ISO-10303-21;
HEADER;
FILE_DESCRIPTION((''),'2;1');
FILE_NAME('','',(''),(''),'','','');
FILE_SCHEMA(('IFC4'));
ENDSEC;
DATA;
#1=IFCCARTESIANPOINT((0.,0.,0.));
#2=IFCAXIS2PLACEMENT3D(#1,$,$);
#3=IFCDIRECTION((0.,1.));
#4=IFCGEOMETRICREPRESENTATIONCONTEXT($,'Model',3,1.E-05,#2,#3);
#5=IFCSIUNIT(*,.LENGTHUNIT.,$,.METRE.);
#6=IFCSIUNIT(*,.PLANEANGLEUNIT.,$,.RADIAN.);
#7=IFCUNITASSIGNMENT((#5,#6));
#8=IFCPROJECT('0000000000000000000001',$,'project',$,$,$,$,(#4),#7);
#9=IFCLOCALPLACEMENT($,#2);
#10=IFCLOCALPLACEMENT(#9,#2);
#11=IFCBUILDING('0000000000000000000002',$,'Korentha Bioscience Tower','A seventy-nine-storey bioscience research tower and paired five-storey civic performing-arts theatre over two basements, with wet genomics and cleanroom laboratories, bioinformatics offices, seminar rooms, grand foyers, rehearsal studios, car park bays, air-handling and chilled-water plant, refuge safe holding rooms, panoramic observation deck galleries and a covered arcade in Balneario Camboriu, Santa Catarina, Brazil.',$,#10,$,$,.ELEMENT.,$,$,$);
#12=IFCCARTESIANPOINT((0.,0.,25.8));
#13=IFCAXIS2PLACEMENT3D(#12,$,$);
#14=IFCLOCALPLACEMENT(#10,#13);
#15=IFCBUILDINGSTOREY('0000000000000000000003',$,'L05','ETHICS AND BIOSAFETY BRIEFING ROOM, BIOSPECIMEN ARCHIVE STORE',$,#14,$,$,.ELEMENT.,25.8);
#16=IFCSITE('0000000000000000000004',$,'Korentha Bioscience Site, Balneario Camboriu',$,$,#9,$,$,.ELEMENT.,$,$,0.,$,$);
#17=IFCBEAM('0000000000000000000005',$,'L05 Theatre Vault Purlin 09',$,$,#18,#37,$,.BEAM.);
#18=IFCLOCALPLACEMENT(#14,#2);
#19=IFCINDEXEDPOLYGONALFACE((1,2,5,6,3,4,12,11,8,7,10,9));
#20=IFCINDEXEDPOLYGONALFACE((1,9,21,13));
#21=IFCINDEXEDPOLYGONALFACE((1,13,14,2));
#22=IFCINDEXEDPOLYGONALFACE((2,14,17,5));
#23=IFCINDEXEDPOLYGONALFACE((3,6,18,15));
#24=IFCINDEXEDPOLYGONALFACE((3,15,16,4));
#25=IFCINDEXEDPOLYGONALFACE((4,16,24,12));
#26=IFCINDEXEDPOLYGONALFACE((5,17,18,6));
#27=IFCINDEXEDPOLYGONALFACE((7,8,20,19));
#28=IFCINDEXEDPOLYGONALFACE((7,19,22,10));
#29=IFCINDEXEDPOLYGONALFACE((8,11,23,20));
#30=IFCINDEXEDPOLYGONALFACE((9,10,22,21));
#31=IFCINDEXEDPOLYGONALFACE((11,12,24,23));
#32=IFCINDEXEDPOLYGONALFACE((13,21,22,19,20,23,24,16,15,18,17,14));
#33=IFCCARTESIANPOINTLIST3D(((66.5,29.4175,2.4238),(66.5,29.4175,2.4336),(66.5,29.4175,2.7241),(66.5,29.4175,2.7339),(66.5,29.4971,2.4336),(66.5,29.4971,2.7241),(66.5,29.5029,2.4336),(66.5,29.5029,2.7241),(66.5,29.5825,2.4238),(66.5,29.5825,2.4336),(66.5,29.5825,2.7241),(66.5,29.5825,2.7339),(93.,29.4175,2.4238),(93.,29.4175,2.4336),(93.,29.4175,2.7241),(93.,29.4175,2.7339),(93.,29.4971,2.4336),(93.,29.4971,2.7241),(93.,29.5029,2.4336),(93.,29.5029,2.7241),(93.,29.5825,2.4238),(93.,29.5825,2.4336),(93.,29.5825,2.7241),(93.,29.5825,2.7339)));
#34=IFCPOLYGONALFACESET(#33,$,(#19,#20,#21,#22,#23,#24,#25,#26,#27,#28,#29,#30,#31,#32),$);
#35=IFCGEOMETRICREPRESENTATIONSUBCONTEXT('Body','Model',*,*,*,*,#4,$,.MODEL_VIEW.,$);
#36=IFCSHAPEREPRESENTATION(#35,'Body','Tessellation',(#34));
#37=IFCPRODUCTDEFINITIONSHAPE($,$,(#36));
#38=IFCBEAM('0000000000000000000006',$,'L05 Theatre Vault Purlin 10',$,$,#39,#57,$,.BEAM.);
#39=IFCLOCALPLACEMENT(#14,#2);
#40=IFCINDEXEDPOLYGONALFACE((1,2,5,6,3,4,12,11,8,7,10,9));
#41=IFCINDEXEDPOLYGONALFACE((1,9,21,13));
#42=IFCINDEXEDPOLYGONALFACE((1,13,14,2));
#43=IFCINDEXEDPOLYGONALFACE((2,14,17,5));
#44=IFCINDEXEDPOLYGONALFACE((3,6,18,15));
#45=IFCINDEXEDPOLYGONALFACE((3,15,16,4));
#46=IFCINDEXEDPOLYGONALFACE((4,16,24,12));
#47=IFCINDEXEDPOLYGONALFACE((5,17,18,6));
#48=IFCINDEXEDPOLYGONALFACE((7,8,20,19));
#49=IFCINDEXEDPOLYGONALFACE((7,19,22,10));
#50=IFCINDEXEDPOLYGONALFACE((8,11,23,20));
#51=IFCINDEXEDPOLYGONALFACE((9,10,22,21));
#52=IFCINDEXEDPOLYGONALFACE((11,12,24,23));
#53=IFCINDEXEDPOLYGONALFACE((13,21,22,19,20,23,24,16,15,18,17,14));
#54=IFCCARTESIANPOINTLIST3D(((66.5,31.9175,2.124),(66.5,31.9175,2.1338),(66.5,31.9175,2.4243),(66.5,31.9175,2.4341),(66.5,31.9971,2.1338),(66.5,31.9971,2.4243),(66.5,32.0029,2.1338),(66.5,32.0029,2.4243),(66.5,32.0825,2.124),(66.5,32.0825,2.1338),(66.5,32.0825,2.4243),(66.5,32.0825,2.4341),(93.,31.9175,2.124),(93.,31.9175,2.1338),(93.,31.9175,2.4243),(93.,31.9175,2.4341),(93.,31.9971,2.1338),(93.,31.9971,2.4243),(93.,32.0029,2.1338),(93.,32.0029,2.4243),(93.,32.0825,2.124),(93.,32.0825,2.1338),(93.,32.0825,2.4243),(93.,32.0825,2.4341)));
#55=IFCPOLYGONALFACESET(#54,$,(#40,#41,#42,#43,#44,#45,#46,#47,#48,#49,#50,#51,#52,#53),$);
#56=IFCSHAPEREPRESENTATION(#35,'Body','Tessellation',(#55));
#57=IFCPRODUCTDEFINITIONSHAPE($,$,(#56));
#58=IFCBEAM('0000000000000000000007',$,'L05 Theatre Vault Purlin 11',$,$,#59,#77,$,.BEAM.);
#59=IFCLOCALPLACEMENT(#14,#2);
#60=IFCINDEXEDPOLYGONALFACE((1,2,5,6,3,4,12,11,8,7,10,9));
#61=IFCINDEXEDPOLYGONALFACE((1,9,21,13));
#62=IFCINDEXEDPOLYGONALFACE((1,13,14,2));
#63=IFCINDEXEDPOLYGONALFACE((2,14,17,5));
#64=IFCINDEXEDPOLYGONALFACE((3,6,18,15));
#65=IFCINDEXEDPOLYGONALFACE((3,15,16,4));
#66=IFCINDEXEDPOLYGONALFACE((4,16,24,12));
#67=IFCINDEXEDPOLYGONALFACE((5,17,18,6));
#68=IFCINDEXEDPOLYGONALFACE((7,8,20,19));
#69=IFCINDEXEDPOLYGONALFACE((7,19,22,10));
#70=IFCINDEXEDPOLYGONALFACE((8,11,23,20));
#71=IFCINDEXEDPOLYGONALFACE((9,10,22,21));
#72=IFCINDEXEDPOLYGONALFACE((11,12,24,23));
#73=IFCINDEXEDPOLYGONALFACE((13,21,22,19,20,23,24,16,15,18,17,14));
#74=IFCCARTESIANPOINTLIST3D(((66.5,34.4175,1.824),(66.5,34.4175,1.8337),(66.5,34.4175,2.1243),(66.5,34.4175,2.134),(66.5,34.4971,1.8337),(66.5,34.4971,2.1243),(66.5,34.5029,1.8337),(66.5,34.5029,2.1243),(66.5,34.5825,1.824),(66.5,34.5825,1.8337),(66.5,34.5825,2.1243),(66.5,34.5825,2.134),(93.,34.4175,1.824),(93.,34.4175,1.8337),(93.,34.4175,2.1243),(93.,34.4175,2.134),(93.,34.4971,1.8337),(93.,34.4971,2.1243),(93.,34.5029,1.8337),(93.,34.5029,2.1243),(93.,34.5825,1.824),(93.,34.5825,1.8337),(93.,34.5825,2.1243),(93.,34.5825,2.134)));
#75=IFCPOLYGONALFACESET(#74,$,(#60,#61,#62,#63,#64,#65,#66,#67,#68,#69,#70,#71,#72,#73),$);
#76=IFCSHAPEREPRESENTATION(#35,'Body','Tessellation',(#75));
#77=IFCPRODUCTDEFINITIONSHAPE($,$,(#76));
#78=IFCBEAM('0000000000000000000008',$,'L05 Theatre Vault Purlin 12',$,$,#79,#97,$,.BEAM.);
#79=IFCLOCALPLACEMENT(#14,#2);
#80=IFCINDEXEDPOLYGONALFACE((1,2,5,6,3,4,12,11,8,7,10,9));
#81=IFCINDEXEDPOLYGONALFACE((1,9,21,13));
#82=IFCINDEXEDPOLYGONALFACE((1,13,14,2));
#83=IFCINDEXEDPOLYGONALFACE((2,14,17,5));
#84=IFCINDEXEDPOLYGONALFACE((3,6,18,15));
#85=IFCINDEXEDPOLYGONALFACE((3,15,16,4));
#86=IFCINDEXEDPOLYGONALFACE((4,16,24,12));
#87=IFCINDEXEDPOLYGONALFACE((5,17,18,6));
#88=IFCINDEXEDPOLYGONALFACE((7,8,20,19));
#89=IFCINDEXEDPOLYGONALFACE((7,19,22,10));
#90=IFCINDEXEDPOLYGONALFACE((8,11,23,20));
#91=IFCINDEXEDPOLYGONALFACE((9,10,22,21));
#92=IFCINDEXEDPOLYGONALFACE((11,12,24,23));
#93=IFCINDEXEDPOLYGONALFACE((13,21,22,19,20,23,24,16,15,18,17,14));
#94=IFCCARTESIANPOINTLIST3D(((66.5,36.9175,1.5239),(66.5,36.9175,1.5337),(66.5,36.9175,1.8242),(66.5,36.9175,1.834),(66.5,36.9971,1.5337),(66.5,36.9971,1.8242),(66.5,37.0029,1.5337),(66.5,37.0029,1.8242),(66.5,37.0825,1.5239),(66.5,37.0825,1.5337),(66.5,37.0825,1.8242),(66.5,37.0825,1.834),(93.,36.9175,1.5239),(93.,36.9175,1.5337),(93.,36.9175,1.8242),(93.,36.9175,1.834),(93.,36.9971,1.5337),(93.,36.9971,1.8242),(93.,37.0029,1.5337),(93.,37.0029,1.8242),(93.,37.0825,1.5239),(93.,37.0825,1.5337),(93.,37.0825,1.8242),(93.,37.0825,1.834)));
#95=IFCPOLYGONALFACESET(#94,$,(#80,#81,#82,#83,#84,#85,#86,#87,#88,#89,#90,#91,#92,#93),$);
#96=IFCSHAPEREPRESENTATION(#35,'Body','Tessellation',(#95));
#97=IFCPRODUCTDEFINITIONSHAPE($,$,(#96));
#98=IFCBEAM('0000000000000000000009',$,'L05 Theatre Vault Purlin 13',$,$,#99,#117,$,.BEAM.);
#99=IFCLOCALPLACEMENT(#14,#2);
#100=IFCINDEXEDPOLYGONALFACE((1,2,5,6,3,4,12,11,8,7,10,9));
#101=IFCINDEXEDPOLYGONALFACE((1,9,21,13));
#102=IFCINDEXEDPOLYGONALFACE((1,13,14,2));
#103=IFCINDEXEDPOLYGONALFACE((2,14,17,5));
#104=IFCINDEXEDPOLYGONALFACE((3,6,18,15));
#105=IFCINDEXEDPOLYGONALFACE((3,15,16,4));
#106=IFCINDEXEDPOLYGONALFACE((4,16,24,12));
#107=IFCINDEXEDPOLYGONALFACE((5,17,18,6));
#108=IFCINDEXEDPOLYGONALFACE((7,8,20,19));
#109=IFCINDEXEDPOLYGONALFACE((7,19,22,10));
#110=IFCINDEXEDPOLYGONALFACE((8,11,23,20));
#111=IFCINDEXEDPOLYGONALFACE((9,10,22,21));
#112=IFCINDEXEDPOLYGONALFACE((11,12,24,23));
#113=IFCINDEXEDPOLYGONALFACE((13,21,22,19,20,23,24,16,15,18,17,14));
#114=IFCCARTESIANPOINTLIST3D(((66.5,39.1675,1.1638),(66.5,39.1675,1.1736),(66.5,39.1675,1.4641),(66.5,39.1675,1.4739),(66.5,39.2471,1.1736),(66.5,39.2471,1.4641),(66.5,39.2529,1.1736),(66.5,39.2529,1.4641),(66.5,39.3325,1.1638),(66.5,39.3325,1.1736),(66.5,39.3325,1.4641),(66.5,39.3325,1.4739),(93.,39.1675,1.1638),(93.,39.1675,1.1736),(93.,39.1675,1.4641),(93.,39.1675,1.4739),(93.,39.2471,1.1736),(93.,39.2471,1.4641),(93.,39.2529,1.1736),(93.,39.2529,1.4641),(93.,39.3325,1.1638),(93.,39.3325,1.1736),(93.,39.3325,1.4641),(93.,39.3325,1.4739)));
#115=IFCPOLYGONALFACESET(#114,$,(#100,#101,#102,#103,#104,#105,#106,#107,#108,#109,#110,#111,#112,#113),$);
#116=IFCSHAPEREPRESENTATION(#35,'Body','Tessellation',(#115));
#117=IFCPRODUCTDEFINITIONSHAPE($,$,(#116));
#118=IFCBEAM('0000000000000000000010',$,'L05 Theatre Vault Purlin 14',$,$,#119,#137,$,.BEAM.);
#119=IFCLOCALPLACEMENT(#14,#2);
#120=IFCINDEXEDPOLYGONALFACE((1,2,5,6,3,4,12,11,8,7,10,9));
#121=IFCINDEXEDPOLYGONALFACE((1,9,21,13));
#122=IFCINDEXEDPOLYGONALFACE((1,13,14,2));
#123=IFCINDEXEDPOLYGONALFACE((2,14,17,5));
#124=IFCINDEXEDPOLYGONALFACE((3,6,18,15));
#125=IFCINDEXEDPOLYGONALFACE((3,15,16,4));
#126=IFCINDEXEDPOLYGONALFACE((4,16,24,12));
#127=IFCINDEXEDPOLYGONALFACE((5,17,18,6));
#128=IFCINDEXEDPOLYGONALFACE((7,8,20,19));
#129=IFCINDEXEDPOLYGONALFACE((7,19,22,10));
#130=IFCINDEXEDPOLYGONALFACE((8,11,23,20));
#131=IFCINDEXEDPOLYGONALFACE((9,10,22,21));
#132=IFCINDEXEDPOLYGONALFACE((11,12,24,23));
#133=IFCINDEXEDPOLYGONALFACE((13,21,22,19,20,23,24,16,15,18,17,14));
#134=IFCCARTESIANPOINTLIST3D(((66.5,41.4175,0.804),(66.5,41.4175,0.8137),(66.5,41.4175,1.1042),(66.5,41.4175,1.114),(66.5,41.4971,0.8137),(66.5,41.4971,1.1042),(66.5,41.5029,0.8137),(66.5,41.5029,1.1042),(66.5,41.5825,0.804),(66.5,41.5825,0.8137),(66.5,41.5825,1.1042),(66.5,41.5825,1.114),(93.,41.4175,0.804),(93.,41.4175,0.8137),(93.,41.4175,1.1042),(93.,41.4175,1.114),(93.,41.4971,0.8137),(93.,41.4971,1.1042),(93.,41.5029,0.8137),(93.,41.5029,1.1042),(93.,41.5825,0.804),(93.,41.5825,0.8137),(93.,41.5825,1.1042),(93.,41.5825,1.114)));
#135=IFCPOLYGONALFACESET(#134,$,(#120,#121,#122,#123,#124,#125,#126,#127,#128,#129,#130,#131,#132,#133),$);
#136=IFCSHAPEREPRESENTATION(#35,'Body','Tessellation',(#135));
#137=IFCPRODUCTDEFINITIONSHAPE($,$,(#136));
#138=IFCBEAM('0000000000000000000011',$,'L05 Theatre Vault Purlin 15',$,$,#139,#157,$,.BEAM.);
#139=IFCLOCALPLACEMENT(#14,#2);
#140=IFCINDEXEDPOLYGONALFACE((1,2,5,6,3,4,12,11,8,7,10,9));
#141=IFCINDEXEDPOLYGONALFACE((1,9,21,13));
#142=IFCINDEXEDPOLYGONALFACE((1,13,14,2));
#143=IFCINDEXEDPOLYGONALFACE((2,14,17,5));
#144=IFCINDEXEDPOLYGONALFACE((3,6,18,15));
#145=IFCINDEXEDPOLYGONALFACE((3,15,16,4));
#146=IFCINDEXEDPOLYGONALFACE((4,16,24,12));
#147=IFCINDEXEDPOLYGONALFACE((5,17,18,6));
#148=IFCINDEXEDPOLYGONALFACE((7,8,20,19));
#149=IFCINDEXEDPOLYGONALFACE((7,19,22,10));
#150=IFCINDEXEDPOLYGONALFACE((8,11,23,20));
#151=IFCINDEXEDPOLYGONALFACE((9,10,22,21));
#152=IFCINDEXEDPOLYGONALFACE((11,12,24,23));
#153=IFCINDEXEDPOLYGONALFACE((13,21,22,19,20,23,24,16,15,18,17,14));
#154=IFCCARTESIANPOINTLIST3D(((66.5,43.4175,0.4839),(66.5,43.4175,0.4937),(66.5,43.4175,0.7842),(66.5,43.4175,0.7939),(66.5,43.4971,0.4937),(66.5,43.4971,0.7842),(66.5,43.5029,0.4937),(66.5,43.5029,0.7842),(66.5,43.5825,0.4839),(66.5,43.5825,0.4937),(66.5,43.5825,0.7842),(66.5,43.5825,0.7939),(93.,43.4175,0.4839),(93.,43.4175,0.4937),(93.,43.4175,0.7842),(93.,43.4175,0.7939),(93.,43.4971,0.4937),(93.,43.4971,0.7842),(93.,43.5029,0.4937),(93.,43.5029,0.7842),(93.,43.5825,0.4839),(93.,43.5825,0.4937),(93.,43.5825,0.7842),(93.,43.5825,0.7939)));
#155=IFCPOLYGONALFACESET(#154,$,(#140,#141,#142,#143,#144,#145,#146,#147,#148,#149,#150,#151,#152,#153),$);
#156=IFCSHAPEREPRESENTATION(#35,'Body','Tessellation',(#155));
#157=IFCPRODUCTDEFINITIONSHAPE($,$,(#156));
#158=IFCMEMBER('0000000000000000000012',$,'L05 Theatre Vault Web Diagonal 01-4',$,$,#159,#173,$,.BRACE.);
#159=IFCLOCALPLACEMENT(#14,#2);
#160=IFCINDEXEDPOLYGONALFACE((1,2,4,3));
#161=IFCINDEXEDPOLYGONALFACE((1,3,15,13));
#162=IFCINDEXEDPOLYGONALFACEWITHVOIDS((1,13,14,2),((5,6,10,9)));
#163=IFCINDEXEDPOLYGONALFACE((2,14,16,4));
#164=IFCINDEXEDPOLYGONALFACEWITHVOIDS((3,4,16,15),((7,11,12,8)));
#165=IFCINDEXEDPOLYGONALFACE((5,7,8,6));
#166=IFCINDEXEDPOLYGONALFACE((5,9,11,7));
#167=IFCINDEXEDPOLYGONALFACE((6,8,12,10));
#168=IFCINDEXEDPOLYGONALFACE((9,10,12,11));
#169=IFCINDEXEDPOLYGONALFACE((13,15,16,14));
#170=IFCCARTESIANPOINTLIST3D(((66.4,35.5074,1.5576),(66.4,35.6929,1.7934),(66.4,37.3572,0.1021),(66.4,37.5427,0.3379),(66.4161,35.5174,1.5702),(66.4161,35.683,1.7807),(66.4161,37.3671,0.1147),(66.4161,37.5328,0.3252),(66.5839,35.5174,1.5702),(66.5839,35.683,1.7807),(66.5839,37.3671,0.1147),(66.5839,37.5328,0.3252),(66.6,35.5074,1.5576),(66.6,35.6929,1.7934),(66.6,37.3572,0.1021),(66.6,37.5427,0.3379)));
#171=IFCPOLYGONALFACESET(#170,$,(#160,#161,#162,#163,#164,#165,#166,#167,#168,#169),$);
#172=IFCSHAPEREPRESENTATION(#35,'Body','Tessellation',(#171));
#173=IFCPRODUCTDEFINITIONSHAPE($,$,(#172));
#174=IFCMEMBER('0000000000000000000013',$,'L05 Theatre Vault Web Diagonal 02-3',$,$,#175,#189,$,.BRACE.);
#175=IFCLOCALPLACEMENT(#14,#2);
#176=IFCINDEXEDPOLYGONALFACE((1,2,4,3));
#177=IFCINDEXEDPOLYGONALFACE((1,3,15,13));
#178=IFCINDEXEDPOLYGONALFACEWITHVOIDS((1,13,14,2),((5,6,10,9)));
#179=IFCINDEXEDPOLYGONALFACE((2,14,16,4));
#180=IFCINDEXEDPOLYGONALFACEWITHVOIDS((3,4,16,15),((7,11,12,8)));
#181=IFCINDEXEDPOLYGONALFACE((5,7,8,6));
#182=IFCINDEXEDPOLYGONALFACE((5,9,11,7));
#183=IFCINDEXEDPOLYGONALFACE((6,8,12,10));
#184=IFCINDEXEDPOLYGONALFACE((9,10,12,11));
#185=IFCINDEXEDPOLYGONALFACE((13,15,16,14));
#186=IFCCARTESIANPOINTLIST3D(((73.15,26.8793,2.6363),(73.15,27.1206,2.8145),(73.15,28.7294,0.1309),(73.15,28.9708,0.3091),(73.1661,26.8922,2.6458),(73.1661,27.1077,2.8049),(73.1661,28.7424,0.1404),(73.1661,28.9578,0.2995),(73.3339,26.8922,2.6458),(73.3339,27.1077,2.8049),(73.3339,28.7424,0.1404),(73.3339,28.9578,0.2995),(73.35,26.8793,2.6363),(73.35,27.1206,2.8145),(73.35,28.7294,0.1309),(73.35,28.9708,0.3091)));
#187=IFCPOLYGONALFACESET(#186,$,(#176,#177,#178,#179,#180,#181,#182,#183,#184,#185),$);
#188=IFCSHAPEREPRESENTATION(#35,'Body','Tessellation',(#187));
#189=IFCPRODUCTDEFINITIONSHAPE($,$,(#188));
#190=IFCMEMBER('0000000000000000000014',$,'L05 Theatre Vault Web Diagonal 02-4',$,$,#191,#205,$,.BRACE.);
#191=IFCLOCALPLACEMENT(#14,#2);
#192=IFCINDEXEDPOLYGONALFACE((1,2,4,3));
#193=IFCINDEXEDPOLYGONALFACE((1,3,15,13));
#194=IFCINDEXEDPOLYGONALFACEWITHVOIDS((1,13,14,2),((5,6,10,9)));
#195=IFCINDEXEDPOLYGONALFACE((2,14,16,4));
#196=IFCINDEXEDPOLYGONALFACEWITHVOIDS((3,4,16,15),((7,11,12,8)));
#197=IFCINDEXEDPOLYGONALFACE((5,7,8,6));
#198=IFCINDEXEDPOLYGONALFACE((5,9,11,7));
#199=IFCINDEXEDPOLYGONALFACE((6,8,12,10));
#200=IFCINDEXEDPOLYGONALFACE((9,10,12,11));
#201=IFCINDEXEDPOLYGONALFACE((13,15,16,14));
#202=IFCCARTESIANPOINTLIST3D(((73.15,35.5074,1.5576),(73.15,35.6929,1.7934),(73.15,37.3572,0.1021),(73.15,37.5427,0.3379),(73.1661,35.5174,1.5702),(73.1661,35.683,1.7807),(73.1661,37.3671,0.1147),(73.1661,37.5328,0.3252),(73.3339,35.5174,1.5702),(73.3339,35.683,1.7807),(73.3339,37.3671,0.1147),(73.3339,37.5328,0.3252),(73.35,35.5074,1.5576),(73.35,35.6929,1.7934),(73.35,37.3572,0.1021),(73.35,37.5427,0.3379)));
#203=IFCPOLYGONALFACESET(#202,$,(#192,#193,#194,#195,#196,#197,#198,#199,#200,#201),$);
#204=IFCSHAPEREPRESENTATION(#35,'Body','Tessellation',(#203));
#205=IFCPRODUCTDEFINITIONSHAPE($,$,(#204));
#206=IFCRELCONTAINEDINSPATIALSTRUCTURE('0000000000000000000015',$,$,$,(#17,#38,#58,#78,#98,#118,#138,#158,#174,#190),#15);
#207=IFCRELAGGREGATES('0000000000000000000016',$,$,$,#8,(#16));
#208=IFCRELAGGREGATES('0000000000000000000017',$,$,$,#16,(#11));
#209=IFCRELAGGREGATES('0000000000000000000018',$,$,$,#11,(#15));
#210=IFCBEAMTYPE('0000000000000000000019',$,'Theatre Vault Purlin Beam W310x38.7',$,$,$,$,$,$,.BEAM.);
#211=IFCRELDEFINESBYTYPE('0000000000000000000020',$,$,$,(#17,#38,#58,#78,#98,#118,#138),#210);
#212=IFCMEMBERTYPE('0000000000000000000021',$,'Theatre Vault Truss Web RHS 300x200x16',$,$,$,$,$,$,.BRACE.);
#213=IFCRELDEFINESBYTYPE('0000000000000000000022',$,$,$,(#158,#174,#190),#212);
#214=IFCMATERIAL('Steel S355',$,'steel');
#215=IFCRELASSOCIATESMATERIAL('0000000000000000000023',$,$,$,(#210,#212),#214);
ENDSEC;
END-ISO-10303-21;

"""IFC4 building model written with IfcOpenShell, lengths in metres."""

from ifc_helpers import new_model, si_unit, direction, frame, origin, origin_2d, place, context, subcontext, project, spatial, hollow_rectangle, i_section, extrude, material, material_profile, profile_set, type_object, element, save


model = new_model("IFC4")

# Units and contexts
model_context = context("Model", 3, precision=1e-05, world=origin(), true_north=direction((0.0, 1.0)))
body_context = subcontext(model_context, "Body", "Model", "MODEL_VIEW")
ifc_project = project(units=[si_unit("LENGTHUNIT", "METRE"), si_unit("PLANEANGLEUNIT", "RADIAN")], contexts=[model_context])

# Site, building, storey
site_placement = place(None, origin())
site = spatial("IfcSite", under=ifc_project, at=site_placement, Name="Korentha Bioscience Site, Balneario Camboriu", CompositionType="ELEMENT", RefElevation=0.0)
building_placement = place(site_placement, origin())
building = spatial("IfcBuilding", under=site, at=building_placement, Name="Korentha Bioscience Tower", Description="A seventy-nine-storey bioscience research tower and paired five-storey civic performing-arts theatre over two basements, with wet genomics and cleanroom laboratories, bioinformatics offices, seminar rooms, grand foyers, rehearsal studios, car park bays, air-handling and chilled-water plant, refuge safe holding rooms, panoramic observation deck galleries and a covered arcade in Balneario Camboriu, Santa Catarina, Brazil.", CompositionType="ELEMENT")
storey_placement = place(building_placement, frame((0.0, 0.0, 25.8)))
storey = spatial("IfcBuildingStorey", under=building, at=storey_placement, Name="L05", Description="ETHICS AND BIOSAFETY BRIEFING ROOM, BIOSPECIMEN ARCHIVE STORE", CompositionType="ELEMENT", Elevation=25.8)

# Shared definitions
ifc_material = material(Name="Steel S355", Category="steel")

# Beams
ifc_material_profile_1 = material_profile(ifc_material, i_section(OverallWidth=0.165, OverallDepth=0.3101, WebThickness=0.0059, FlangeThickness=0.0098, at=origin_2d()), Name="Steel S355")
ifc_profile_set_1 = profile_set([ifc_material_profile_1], Name="Steel S355 (TP-310)")
beam_type_1 = type_object("IfcBeamType", Name="Theatre Vault Purlin Beam W310x38.7", PredefinedType="BEAM", material=ifc_profile_set_1)
for number, where, z_axis, x_axis, name in (
    (1, (66.5, 29.5, 2.5789), (1.0, 0.0, 0.0), (0.0, 1.0, 0.0), "L05 Theatre Vault Purlin 09"),
    (2, (66.5, 32.0, 2.2791), (1.0, 0.0, 0.0), (0.0, 1.0, 0.0), "L05 Theatre Vault Purlin 10"),
    (3, (66.5, 34.5, 1.979), (1.0, 0.0, 0.0), (0.0, 1.0, 0.0), "L05 Theatre Vault Purlin 11"),
    (4, (66.5, 37.0, 1.679), (1.0, 0.0, 0.0), (0.0, 1.0, 0.0), "L05 Theatre Vault Purlin 12"),
    (5, (66.5, 39.25, 1.3188), (1.0, 0.0, 0.0), (0.0, 1.0, 0.0), "L05 Theatre Vault Purlin 13"),
    (6, (66.5, 41.5, 0.959), (1.0, 0.0, 0.0), (0.0, 1.0, 0.0), "L05 Theatre Vault Purlin 14"),
    (7, (66.5, 43.5, 0.6389), (1.0, 0.0, 0.0), (0.0, 1.0, 0.0), "L05 Theatre Vault Purlin 15"),
):
    element("IfcBeam", number, at=place(storey_placement, frame(where, z_axis=z_axis, x_axis=x_axis)), inside=storey, type_object=beam_type_1, Name=name, PredefinedType="BEAM", context=body_context, shape_type="SweptSolid", body=[
        extrude(i_section(OverallWidth=0.165, OverallDepth=0.3101, WebThickness=0.0059, FlangeThickness=0.0098, at=origin_2d()), origin(), (0.0, 0.0, 1.0), 26.5),
    ])

# Members
ifc_material_profile_2 = material_profile(ifc_material, hollow_rectangle(XDim=0.2, YDim=0.3, WallThickness=0.0161, at=origin_2d()), Name="Steel S355")
ifc_profile_set_2 = profile_set([ifc_material_profile_2], Name="Steel S355 (TV-W300)")
member_type = type_object("IfcMemberType", Name="Theatre Vault Truss Web RHS 300x200x16", PredefinedType="BRACE", material=ifc_profile_set_2)
member_1_placement = place(storey_placement, frame((66.5, 37.45, 0.22), z_axis=(0.0, -0.785883, 0.618376), x_axis=(1.0, 0.0, 0.0)))
element("IfcMember", 8, at=member_1_placement, inside=storey, type_object=member_type, Name="L05 Theatre Vault Web Diagonal 01-4", PredefinedType="BRACE", context=body_context, shape_type="SweptSolid", body=[
    extrude(hollow_rectangle(XDim=0.2, YDim=0.3, WallThickness=0.0161, at=origin_2d()), origin(), (0.0, 0.0, 1.0), 2.3538),
])
member_2_placement = place(storey_placement, frame((73.25, 28.8501, 0.22), z_axis=(0.0, -0.594038, 0.804437), x_axis=(1.0, 0.0, 0.0)))
element("IfcMember", 9, at=member_2_placement, inside=storey, type_object=member_type, Name="L05 Theatre Vault Web Diagonal 02-3", PredefinedType="BRACE", context=body_context, shape_type="SweptSolid", body=[
    extrude(hollow_rectangle(XDim=0.2, YDim=0.3, WallThickness=0.0161, at=origin_2d()), origin(), (0.0, 0.0, 1.0), 3.1145),
])
member_3_placement = place(storey_placement, frame((73.25, 37.45, 0.22), z_axis=(0.0, -0.785883, 0.618376), x_axis=(1.0, 0.0, 0.0)))
element("IfcMember", 10, at=member_3_placement, inside=storey, type_object=member_type, Name="L05 Theatre Vault Web Diagonal 02-4", PredefinedType="BRACE", context=body_context, shape_type="SweptSolid", body=[
    extrude(hollow_rectangle(XDim=0.2, YDim=0.3, WallThickness=0.0161, at=origin_2d()), origin(), (0.0, 0.0, 1.0), 2.3538),
])

save(model, "model.ifc")
